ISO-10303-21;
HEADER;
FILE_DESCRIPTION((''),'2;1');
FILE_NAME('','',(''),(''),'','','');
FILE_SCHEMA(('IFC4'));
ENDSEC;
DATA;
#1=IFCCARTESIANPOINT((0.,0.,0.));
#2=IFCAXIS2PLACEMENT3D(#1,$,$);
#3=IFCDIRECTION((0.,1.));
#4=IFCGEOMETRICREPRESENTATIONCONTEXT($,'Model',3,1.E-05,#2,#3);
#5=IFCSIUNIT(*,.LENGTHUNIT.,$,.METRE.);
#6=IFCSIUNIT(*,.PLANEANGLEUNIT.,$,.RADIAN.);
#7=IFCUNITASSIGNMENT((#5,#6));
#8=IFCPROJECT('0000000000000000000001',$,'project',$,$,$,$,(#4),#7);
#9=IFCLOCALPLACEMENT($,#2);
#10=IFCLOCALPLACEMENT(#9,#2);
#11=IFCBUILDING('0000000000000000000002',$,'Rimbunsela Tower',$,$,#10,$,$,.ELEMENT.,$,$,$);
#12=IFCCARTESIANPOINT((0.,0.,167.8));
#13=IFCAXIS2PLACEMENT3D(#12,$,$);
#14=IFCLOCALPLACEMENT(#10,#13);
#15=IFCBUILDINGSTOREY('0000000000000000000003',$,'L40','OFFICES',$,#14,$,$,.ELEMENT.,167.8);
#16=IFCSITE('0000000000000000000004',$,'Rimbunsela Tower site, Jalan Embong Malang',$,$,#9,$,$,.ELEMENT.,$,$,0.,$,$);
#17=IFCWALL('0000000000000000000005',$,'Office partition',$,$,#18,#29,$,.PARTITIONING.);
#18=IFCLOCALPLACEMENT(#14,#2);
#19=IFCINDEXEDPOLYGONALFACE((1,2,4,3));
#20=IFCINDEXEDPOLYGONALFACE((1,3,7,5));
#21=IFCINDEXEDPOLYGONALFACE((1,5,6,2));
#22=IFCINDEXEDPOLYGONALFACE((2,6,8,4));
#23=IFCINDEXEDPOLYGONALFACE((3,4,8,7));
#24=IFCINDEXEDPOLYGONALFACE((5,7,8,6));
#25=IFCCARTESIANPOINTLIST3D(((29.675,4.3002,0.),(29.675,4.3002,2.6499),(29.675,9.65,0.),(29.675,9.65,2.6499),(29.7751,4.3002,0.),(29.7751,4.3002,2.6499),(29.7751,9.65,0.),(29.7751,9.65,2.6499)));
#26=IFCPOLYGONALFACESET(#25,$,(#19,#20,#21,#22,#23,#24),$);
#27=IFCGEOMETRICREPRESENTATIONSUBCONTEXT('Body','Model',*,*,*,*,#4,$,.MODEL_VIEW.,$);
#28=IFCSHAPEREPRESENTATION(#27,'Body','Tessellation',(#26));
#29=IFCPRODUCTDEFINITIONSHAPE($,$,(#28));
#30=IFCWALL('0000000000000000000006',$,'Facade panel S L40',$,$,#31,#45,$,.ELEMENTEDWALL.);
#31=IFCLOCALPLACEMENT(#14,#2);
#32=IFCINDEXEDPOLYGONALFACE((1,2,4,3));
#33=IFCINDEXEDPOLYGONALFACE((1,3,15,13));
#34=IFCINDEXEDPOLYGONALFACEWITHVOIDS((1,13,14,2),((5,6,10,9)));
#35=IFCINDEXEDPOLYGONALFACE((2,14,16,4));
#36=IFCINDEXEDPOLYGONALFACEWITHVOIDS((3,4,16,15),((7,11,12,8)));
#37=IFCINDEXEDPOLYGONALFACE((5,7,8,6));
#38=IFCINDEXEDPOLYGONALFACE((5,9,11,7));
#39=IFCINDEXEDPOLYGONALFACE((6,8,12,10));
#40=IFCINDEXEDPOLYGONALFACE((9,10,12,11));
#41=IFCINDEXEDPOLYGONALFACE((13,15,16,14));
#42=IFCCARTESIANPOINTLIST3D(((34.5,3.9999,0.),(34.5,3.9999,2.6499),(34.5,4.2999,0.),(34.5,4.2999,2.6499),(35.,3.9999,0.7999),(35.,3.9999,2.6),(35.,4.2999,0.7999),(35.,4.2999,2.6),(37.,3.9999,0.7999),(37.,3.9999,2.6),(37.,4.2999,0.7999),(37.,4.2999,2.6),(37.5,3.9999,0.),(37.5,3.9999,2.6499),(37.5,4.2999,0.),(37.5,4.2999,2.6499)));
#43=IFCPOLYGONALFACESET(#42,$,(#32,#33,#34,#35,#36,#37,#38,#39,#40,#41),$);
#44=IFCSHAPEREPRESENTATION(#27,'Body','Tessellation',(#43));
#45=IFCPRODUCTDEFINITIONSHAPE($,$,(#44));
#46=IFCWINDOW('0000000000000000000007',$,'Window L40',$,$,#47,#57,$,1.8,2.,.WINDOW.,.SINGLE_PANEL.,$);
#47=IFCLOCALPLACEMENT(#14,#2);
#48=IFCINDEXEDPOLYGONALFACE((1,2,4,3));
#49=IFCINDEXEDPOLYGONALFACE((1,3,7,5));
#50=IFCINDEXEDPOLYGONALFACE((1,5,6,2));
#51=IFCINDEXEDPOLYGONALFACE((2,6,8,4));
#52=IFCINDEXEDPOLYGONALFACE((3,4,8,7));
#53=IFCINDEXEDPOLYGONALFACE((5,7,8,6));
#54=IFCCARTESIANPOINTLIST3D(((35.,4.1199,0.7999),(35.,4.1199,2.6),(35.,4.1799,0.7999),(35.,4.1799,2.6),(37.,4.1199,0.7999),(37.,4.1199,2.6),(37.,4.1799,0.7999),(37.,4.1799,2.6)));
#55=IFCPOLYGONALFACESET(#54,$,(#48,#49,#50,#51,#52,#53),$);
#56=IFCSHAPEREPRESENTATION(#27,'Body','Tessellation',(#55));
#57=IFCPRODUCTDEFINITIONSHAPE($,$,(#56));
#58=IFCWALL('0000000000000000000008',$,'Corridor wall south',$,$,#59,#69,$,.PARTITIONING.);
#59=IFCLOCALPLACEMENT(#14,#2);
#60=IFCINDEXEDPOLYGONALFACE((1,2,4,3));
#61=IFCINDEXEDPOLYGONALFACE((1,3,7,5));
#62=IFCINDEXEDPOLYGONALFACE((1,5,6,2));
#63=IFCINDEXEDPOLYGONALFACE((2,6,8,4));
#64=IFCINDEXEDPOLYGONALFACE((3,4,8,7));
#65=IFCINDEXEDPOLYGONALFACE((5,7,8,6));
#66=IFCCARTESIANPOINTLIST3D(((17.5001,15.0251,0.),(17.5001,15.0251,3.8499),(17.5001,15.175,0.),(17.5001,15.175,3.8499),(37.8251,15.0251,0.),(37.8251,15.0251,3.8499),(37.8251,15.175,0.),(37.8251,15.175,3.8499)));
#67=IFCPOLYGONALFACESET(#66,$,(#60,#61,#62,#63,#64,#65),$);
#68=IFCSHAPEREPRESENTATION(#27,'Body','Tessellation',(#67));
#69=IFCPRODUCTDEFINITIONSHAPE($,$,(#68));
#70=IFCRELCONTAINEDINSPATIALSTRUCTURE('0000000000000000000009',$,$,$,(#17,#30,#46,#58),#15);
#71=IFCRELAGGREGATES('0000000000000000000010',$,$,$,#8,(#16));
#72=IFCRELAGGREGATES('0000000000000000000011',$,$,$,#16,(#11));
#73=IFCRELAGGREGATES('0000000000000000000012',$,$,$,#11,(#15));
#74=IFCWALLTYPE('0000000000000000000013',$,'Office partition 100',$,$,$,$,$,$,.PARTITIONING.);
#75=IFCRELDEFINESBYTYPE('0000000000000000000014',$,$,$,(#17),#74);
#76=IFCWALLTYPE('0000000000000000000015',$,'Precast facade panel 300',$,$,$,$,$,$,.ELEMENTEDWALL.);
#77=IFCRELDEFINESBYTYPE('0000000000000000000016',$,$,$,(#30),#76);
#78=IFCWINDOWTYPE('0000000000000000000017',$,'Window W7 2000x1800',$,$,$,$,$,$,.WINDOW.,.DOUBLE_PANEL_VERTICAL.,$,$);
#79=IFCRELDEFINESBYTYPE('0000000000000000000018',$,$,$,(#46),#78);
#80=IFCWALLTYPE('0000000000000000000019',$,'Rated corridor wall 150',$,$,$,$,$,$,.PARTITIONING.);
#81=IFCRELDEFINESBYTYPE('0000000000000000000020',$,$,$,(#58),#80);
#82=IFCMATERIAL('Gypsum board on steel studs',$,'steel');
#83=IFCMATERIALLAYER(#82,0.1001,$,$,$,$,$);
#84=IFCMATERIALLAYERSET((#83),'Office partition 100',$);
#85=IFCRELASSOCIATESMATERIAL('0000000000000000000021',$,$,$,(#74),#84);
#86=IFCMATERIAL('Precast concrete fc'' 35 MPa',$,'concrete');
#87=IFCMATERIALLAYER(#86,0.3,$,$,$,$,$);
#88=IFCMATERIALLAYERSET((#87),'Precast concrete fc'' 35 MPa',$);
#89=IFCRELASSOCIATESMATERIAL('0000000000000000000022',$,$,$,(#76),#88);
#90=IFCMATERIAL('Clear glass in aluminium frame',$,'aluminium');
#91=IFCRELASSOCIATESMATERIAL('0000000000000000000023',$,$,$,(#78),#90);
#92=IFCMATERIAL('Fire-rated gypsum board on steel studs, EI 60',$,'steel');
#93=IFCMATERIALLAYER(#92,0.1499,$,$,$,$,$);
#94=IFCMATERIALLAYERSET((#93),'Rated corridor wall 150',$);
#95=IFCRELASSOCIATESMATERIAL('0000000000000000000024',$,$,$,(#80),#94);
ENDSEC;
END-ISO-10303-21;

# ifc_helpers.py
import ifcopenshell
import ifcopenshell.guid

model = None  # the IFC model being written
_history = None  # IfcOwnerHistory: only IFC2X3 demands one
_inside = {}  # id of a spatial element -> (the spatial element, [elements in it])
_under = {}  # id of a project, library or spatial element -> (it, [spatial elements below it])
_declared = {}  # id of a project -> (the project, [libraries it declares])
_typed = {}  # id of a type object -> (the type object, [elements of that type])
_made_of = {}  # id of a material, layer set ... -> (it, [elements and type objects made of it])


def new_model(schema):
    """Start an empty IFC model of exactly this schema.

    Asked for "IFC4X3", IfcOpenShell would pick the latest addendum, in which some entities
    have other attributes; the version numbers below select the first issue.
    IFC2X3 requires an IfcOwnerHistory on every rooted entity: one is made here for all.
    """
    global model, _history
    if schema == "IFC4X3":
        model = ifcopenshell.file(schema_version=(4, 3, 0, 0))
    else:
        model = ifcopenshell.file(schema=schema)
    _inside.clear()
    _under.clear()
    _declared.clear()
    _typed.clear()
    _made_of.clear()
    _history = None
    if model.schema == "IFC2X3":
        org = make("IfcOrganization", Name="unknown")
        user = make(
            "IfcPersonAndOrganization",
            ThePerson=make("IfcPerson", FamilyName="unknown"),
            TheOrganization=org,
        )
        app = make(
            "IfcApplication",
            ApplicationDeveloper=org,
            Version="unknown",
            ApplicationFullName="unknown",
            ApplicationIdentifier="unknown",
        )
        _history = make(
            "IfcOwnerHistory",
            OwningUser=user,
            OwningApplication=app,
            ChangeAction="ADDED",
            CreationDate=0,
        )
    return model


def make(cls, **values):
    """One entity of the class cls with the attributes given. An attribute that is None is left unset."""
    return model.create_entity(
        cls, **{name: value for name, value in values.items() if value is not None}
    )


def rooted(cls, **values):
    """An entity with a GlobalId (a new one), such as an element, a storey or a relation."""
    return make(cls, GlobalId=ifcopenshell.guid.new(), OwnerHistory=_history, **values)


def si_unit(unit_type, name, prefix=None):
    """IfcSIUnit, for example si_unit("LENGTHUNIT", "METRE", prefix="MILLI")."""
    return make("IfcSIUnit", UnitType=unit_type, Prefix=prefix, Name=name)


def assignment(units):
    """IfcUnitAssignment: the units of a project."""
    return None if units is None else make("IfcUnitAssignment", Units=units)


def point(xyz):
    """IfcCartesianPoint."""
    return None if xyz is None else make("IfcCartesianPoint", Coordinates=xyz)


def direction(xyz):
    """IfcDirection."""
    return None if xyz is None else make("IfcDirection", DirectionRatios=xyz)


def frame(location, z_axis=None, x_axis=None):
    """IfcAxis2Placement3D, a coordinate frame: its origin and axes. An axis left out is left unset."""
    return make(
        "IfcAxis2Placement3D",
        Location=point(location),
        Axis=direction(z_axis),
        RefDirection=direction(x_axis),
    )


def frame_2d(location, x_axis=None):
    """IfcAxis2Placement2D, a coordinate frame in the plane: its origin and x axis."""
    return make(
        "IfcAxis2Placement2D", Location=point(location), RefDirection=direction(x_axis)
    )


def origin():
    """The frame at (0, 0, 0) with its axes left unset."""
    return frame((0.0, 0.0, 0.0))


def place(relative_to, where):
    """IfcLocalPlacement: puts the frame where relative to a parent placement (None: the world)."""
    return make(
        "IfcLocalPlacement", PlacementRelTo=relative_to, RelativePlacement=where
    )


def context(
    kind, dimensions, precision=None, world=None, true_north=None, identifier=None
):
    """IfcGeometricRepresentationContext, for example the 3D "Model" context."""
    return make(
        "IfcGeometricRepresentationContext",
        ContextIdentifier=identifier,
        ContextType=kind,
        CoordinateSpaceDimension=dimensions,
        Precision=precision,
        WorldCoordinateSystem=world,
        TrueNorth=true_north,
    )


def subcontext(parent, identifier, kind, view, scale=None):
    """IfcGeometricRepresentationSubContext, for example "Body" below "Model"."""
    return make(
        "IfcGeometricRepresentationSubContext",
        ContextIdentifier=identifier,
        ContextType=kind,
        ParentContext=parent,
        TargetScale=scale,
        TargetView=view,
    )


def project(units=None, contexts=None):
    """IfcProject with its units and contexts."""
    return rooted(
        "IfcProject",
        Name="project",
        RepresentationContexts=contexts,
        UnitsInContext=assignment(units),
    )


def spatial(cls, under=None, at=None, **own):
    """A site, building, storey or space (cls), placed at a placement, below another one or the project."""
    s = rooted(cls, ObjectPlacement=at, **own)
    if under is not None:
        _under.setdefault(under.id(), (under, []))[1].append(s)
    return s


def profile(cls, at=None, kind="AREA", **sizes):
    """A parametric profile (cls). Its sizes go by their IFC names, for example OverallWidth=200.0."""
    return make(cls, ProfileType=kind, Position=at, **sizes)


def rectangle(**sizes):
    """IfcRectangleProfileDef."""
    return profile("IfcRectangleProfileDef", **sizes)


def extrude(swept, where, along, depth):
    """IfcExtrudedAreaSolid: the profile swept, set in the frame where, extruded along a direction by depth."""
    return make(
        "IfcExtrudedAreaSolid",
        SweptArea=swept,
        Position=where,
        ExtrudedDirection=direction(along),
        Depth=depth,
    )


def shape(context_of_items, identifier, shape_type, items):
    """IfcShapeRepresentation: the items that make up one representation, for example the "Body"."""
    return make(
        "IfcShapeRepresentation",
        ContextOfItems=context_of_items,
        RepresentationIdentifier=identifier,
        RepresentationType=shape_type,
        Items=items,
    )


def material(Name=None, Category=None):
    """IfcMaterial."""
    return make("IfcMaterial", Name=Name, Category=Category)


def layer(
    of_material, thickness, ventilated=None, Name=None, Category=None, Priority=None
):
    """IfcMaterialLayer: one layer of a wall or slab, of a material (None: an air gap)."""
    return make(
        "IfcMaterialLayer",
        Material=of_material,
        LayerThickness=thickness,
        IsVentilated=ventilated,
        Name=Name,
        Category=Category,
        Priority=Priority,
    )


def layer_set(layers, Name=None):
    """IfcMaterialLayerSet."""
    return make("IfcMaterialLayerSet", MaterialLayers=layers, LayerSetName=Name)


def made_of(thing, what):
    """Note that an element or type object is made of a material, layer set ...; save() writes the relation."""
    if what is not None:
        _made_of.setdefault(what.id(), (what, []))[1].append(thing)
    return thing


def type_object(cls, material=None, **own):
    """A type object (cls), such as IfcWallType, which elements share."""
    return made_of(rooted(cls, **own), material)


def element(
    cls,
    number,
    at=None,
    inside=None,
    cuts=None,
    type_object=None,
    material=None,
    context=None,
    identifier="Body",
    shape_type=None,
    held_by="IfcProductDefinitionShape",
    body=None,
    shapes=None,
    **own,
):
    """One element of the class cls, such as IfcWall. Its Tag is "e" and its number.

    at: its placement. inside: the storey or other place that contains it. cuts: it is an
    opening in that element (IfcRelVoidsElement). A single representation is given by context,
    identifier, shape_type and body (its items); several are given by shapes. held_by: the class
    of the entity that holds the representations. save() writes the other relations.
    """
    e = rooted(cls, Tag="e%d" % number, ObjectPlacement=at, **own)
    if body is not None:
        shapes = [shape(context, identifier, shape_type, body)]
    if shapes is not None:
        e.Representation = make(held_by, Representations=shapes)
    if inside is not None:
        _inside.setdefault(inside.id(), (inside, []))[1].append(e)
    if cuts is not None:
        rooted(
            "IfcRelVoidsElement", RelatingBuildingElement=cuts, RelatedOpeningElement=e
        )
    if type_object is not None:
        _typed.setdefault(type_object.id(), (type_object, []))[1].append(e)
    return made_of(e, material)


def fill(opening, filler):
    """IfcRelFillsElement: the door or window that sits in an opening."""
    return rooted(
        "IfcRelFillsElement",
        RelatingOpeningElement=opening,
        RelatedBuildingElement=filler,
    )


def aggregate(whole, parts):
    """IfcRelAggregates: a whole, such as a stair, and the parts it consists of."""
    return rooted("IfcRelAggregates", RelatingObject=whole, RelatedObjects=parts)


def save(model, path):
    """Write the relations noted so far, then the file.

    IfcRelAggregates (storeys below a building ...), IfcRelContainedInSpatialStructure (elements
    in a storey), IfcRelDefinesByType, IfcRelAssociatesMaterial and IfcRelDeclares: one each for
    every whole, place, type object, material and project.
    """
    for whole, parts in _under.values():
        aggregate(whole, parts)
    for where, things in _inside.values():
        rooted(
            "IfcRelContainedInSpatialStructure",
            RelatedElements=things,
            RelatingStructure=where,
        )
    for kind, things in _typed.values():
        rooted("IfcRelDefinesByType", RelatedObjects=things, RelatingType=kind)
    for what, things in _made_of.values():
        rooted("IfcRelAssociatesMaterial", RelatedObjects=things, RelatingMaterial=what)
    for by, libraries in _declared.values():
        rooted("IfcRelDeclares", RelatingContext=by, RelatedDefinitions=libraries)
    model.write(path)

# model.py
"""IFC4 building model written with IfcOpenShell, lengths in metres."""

from ifc_helpers import new_model, si_unit, direction, frame, frame_2d, origin, place, context, subcontext, project, spatial, rectangle, extrude, material, layer, layer_set, type_object, element, fill, save


model = new_model("IFC4")

# Units and contexts
model_context = context("Model", 3, precision=1e-05, world=origin(), true_north=direction((0.0, 1.0)))
body_context = subcontext(model_context, "Body", "Model", "MODEL_VIEW")
ifc_project = project(units=[si_unit("LENGTHUNIT", "METRE"), si_unit("PLANEANGLEUNIT", "RADIAN")], contexts=[model_context])

# Site, building, storey
site_placement = place(None, origin())
site = spatial("IfcSite", under=ifc_project, at=site_placement, Name="Rimbunsela Tower site, Jalan Embong Malang", CompositionType="ELEMENT", RefElevation=0.0)
building_placement = place(site_placement, origin())
building = spatial("IfcBuilding", under=site, at=building_placement, Name="Rimbunsela Tower", CompositionType="ELEMENT")
storey_placement = place(building_placement, frame((0.0, 0.0, 167.8)))
storey = spatial("IfcBuildingStorey", under=building, at=storey_placement, Name="L40", Description="OFFICES", CompositionType="ELEMENT", Elevation=167.8)

# Wall
ifc_material_1 = material(Name="Gypsum board on steel studs", Category="steel")
ifc_layer_1 = layer(ifc_material_1, 0.1001)
ifc_layer_set_1 = layer_set([ifc_layer_1], Name="Office partition 100")
wall_type_1 = type_object("IfcWallType", Name="Office partition 100", PredefinedType="PARTITIONING", material=ifc_layer_set_1)
wall_1_placement = place(storey_placement, frame((29.7251, 9.6499, 0.0), z_axis=(0.0, 0.0, 1.0), x_axis=(0.0, -1.0, 0.0)))
element("IfcWall", 1, at=wall_1_placement, inside=storey, type_object=wall_type_1, Name="Office partition", PredefinedType="PARTITIONING", context=body_context, shape_type="SweptSolid", body=[
    extrude(rectangle(XDim=5.3499, YDim=0.1001, at=frame_2d((2.6748, 0.0))), origin(), (0.0, 0.0, 1.0), 2.6499),
])

# Wall, opening, window
ifc_material_2 = material(Name="Precast concrete fc' 35 MPa", Category="concrete")
ifc_layer_2 = layer(ifc_material_2, 0.3)
ifc_layer_set_2 = layer_set([ifc_layer_2], Name="Precast concrete fc' 35 MPa")
wall_type_2 = type_object("IfcWallType", Name="Precast facade panel 300", PredefinedType="ELEMENTEDWALL", material=ifc_layer_set_2)
wall_2_placement = place(storey_placement, frame((34.5, 4.1499, 0.0), z_axis=(0.0, 0.0, 1.0), x_axis=(1.0, 0.0, 0.0)))
wall_2 = element("IfcWall", 2, at=wall_2_placement, inside=storey, type_object=wall_type_2, Name="Facade panel S L40", PredefinedType="ELEMENTEDWALL", context=body_context, shape_type="SweptSolid", body=[
    extrude(rectangle(XDim=3.0, YDim=0.3, at=frame_2d((1.5, 0.0))), origin(), (0.0, 0.0, 1.0), 2.6499),
])
opening_placement = place(wall_2_placement, frame((0.5, 0.0, 0.8)))
opening = element("IfcOpeningElement", 3, at=opening_placement, cuts=wall_2, PredefinedType="OPENING", context=body_context, shape_type="SweptSolid", body=[
    extrude(rectangle(XDim=2.0, YDim=1.8, at=frame_2d((1.0, 0.8999))), frame((0.0, 0.1599, 0.0), z_axis=(0.0, -1.0, 0.0), x_axis=(1.0, 0.0, 0.0)), (0.0, 0.0, 1.0), 0.3201),
])
ifc_material_3 = material(Name="Clear glass in aluminium frame", Category="aluminium")
window_type = type_object("IfcWindowType", Name="Window W7 2000x1800", PartitioningType="DOUBLE_PANEL_VERTICAL", PredefinedType="WINDOW", material=ifc_material_3)
window_placement = place(opening_placement, origin())
window = element("IfcWindow", 4, at=window_placement, inside=storey, type_object=window_type, Name="Window L40", OverallHeight=1.8, OverallWidth=2.0, PartitioningType="SINGLE_PANEL", PredefinedType="WINDOW", context=body_context, shape_type="SweptSolid", body=[
    extrude(rectangle(XDim=2.0, YDim=1.8, at=frame_2d((1.0, 0.8999))), frame((0.0, 0.03, 0.0), z_axis=(0.0, -1.0, 0.0), x_axis=(1.0, 0.0, 0.0)), (0.0, 0.0, 1.0), 0.0601),
])
fill(opening, window)

# Wall
ifc_material_4 = material(Name="Fire-rated gypsum board on steel studs, EI 60", Category="steel")
ifc_layer_3 = layer(ifc_material_4, 0.1499)
ifc_layer_set_3 = layer_set([ifc_layer_3], Name="Rated corridor wall 150")
wall_type_3 = type_object("IfcWallType", Name="Rated corridor wall 150", PredefinedType="PARTITIONING", material=ifc_layer_set_3)
wall_3_placement = place(storey_placement, frame((17.5, 15.1001, 0.0), z_axis=(0.0, 0.0, 1.0), x_axis=(1.0, 0.0, 0.0)))
element("IfcWall", 5, at=wall_3_placement, inside=storey, type_object=wall_type_3, Name="Corridor wall south", PredefinedType="PARTITIONING", context=body_context, shape_type="SweptSolid", body=[
    extrude(rectangle(XDim=20.325, YDim=0.1499, at=frame_2d((10.1626, 0.0))), origin(), (0.0, 0.0, 1.0), 3.8499),
])

save(model, "model.ifc")
